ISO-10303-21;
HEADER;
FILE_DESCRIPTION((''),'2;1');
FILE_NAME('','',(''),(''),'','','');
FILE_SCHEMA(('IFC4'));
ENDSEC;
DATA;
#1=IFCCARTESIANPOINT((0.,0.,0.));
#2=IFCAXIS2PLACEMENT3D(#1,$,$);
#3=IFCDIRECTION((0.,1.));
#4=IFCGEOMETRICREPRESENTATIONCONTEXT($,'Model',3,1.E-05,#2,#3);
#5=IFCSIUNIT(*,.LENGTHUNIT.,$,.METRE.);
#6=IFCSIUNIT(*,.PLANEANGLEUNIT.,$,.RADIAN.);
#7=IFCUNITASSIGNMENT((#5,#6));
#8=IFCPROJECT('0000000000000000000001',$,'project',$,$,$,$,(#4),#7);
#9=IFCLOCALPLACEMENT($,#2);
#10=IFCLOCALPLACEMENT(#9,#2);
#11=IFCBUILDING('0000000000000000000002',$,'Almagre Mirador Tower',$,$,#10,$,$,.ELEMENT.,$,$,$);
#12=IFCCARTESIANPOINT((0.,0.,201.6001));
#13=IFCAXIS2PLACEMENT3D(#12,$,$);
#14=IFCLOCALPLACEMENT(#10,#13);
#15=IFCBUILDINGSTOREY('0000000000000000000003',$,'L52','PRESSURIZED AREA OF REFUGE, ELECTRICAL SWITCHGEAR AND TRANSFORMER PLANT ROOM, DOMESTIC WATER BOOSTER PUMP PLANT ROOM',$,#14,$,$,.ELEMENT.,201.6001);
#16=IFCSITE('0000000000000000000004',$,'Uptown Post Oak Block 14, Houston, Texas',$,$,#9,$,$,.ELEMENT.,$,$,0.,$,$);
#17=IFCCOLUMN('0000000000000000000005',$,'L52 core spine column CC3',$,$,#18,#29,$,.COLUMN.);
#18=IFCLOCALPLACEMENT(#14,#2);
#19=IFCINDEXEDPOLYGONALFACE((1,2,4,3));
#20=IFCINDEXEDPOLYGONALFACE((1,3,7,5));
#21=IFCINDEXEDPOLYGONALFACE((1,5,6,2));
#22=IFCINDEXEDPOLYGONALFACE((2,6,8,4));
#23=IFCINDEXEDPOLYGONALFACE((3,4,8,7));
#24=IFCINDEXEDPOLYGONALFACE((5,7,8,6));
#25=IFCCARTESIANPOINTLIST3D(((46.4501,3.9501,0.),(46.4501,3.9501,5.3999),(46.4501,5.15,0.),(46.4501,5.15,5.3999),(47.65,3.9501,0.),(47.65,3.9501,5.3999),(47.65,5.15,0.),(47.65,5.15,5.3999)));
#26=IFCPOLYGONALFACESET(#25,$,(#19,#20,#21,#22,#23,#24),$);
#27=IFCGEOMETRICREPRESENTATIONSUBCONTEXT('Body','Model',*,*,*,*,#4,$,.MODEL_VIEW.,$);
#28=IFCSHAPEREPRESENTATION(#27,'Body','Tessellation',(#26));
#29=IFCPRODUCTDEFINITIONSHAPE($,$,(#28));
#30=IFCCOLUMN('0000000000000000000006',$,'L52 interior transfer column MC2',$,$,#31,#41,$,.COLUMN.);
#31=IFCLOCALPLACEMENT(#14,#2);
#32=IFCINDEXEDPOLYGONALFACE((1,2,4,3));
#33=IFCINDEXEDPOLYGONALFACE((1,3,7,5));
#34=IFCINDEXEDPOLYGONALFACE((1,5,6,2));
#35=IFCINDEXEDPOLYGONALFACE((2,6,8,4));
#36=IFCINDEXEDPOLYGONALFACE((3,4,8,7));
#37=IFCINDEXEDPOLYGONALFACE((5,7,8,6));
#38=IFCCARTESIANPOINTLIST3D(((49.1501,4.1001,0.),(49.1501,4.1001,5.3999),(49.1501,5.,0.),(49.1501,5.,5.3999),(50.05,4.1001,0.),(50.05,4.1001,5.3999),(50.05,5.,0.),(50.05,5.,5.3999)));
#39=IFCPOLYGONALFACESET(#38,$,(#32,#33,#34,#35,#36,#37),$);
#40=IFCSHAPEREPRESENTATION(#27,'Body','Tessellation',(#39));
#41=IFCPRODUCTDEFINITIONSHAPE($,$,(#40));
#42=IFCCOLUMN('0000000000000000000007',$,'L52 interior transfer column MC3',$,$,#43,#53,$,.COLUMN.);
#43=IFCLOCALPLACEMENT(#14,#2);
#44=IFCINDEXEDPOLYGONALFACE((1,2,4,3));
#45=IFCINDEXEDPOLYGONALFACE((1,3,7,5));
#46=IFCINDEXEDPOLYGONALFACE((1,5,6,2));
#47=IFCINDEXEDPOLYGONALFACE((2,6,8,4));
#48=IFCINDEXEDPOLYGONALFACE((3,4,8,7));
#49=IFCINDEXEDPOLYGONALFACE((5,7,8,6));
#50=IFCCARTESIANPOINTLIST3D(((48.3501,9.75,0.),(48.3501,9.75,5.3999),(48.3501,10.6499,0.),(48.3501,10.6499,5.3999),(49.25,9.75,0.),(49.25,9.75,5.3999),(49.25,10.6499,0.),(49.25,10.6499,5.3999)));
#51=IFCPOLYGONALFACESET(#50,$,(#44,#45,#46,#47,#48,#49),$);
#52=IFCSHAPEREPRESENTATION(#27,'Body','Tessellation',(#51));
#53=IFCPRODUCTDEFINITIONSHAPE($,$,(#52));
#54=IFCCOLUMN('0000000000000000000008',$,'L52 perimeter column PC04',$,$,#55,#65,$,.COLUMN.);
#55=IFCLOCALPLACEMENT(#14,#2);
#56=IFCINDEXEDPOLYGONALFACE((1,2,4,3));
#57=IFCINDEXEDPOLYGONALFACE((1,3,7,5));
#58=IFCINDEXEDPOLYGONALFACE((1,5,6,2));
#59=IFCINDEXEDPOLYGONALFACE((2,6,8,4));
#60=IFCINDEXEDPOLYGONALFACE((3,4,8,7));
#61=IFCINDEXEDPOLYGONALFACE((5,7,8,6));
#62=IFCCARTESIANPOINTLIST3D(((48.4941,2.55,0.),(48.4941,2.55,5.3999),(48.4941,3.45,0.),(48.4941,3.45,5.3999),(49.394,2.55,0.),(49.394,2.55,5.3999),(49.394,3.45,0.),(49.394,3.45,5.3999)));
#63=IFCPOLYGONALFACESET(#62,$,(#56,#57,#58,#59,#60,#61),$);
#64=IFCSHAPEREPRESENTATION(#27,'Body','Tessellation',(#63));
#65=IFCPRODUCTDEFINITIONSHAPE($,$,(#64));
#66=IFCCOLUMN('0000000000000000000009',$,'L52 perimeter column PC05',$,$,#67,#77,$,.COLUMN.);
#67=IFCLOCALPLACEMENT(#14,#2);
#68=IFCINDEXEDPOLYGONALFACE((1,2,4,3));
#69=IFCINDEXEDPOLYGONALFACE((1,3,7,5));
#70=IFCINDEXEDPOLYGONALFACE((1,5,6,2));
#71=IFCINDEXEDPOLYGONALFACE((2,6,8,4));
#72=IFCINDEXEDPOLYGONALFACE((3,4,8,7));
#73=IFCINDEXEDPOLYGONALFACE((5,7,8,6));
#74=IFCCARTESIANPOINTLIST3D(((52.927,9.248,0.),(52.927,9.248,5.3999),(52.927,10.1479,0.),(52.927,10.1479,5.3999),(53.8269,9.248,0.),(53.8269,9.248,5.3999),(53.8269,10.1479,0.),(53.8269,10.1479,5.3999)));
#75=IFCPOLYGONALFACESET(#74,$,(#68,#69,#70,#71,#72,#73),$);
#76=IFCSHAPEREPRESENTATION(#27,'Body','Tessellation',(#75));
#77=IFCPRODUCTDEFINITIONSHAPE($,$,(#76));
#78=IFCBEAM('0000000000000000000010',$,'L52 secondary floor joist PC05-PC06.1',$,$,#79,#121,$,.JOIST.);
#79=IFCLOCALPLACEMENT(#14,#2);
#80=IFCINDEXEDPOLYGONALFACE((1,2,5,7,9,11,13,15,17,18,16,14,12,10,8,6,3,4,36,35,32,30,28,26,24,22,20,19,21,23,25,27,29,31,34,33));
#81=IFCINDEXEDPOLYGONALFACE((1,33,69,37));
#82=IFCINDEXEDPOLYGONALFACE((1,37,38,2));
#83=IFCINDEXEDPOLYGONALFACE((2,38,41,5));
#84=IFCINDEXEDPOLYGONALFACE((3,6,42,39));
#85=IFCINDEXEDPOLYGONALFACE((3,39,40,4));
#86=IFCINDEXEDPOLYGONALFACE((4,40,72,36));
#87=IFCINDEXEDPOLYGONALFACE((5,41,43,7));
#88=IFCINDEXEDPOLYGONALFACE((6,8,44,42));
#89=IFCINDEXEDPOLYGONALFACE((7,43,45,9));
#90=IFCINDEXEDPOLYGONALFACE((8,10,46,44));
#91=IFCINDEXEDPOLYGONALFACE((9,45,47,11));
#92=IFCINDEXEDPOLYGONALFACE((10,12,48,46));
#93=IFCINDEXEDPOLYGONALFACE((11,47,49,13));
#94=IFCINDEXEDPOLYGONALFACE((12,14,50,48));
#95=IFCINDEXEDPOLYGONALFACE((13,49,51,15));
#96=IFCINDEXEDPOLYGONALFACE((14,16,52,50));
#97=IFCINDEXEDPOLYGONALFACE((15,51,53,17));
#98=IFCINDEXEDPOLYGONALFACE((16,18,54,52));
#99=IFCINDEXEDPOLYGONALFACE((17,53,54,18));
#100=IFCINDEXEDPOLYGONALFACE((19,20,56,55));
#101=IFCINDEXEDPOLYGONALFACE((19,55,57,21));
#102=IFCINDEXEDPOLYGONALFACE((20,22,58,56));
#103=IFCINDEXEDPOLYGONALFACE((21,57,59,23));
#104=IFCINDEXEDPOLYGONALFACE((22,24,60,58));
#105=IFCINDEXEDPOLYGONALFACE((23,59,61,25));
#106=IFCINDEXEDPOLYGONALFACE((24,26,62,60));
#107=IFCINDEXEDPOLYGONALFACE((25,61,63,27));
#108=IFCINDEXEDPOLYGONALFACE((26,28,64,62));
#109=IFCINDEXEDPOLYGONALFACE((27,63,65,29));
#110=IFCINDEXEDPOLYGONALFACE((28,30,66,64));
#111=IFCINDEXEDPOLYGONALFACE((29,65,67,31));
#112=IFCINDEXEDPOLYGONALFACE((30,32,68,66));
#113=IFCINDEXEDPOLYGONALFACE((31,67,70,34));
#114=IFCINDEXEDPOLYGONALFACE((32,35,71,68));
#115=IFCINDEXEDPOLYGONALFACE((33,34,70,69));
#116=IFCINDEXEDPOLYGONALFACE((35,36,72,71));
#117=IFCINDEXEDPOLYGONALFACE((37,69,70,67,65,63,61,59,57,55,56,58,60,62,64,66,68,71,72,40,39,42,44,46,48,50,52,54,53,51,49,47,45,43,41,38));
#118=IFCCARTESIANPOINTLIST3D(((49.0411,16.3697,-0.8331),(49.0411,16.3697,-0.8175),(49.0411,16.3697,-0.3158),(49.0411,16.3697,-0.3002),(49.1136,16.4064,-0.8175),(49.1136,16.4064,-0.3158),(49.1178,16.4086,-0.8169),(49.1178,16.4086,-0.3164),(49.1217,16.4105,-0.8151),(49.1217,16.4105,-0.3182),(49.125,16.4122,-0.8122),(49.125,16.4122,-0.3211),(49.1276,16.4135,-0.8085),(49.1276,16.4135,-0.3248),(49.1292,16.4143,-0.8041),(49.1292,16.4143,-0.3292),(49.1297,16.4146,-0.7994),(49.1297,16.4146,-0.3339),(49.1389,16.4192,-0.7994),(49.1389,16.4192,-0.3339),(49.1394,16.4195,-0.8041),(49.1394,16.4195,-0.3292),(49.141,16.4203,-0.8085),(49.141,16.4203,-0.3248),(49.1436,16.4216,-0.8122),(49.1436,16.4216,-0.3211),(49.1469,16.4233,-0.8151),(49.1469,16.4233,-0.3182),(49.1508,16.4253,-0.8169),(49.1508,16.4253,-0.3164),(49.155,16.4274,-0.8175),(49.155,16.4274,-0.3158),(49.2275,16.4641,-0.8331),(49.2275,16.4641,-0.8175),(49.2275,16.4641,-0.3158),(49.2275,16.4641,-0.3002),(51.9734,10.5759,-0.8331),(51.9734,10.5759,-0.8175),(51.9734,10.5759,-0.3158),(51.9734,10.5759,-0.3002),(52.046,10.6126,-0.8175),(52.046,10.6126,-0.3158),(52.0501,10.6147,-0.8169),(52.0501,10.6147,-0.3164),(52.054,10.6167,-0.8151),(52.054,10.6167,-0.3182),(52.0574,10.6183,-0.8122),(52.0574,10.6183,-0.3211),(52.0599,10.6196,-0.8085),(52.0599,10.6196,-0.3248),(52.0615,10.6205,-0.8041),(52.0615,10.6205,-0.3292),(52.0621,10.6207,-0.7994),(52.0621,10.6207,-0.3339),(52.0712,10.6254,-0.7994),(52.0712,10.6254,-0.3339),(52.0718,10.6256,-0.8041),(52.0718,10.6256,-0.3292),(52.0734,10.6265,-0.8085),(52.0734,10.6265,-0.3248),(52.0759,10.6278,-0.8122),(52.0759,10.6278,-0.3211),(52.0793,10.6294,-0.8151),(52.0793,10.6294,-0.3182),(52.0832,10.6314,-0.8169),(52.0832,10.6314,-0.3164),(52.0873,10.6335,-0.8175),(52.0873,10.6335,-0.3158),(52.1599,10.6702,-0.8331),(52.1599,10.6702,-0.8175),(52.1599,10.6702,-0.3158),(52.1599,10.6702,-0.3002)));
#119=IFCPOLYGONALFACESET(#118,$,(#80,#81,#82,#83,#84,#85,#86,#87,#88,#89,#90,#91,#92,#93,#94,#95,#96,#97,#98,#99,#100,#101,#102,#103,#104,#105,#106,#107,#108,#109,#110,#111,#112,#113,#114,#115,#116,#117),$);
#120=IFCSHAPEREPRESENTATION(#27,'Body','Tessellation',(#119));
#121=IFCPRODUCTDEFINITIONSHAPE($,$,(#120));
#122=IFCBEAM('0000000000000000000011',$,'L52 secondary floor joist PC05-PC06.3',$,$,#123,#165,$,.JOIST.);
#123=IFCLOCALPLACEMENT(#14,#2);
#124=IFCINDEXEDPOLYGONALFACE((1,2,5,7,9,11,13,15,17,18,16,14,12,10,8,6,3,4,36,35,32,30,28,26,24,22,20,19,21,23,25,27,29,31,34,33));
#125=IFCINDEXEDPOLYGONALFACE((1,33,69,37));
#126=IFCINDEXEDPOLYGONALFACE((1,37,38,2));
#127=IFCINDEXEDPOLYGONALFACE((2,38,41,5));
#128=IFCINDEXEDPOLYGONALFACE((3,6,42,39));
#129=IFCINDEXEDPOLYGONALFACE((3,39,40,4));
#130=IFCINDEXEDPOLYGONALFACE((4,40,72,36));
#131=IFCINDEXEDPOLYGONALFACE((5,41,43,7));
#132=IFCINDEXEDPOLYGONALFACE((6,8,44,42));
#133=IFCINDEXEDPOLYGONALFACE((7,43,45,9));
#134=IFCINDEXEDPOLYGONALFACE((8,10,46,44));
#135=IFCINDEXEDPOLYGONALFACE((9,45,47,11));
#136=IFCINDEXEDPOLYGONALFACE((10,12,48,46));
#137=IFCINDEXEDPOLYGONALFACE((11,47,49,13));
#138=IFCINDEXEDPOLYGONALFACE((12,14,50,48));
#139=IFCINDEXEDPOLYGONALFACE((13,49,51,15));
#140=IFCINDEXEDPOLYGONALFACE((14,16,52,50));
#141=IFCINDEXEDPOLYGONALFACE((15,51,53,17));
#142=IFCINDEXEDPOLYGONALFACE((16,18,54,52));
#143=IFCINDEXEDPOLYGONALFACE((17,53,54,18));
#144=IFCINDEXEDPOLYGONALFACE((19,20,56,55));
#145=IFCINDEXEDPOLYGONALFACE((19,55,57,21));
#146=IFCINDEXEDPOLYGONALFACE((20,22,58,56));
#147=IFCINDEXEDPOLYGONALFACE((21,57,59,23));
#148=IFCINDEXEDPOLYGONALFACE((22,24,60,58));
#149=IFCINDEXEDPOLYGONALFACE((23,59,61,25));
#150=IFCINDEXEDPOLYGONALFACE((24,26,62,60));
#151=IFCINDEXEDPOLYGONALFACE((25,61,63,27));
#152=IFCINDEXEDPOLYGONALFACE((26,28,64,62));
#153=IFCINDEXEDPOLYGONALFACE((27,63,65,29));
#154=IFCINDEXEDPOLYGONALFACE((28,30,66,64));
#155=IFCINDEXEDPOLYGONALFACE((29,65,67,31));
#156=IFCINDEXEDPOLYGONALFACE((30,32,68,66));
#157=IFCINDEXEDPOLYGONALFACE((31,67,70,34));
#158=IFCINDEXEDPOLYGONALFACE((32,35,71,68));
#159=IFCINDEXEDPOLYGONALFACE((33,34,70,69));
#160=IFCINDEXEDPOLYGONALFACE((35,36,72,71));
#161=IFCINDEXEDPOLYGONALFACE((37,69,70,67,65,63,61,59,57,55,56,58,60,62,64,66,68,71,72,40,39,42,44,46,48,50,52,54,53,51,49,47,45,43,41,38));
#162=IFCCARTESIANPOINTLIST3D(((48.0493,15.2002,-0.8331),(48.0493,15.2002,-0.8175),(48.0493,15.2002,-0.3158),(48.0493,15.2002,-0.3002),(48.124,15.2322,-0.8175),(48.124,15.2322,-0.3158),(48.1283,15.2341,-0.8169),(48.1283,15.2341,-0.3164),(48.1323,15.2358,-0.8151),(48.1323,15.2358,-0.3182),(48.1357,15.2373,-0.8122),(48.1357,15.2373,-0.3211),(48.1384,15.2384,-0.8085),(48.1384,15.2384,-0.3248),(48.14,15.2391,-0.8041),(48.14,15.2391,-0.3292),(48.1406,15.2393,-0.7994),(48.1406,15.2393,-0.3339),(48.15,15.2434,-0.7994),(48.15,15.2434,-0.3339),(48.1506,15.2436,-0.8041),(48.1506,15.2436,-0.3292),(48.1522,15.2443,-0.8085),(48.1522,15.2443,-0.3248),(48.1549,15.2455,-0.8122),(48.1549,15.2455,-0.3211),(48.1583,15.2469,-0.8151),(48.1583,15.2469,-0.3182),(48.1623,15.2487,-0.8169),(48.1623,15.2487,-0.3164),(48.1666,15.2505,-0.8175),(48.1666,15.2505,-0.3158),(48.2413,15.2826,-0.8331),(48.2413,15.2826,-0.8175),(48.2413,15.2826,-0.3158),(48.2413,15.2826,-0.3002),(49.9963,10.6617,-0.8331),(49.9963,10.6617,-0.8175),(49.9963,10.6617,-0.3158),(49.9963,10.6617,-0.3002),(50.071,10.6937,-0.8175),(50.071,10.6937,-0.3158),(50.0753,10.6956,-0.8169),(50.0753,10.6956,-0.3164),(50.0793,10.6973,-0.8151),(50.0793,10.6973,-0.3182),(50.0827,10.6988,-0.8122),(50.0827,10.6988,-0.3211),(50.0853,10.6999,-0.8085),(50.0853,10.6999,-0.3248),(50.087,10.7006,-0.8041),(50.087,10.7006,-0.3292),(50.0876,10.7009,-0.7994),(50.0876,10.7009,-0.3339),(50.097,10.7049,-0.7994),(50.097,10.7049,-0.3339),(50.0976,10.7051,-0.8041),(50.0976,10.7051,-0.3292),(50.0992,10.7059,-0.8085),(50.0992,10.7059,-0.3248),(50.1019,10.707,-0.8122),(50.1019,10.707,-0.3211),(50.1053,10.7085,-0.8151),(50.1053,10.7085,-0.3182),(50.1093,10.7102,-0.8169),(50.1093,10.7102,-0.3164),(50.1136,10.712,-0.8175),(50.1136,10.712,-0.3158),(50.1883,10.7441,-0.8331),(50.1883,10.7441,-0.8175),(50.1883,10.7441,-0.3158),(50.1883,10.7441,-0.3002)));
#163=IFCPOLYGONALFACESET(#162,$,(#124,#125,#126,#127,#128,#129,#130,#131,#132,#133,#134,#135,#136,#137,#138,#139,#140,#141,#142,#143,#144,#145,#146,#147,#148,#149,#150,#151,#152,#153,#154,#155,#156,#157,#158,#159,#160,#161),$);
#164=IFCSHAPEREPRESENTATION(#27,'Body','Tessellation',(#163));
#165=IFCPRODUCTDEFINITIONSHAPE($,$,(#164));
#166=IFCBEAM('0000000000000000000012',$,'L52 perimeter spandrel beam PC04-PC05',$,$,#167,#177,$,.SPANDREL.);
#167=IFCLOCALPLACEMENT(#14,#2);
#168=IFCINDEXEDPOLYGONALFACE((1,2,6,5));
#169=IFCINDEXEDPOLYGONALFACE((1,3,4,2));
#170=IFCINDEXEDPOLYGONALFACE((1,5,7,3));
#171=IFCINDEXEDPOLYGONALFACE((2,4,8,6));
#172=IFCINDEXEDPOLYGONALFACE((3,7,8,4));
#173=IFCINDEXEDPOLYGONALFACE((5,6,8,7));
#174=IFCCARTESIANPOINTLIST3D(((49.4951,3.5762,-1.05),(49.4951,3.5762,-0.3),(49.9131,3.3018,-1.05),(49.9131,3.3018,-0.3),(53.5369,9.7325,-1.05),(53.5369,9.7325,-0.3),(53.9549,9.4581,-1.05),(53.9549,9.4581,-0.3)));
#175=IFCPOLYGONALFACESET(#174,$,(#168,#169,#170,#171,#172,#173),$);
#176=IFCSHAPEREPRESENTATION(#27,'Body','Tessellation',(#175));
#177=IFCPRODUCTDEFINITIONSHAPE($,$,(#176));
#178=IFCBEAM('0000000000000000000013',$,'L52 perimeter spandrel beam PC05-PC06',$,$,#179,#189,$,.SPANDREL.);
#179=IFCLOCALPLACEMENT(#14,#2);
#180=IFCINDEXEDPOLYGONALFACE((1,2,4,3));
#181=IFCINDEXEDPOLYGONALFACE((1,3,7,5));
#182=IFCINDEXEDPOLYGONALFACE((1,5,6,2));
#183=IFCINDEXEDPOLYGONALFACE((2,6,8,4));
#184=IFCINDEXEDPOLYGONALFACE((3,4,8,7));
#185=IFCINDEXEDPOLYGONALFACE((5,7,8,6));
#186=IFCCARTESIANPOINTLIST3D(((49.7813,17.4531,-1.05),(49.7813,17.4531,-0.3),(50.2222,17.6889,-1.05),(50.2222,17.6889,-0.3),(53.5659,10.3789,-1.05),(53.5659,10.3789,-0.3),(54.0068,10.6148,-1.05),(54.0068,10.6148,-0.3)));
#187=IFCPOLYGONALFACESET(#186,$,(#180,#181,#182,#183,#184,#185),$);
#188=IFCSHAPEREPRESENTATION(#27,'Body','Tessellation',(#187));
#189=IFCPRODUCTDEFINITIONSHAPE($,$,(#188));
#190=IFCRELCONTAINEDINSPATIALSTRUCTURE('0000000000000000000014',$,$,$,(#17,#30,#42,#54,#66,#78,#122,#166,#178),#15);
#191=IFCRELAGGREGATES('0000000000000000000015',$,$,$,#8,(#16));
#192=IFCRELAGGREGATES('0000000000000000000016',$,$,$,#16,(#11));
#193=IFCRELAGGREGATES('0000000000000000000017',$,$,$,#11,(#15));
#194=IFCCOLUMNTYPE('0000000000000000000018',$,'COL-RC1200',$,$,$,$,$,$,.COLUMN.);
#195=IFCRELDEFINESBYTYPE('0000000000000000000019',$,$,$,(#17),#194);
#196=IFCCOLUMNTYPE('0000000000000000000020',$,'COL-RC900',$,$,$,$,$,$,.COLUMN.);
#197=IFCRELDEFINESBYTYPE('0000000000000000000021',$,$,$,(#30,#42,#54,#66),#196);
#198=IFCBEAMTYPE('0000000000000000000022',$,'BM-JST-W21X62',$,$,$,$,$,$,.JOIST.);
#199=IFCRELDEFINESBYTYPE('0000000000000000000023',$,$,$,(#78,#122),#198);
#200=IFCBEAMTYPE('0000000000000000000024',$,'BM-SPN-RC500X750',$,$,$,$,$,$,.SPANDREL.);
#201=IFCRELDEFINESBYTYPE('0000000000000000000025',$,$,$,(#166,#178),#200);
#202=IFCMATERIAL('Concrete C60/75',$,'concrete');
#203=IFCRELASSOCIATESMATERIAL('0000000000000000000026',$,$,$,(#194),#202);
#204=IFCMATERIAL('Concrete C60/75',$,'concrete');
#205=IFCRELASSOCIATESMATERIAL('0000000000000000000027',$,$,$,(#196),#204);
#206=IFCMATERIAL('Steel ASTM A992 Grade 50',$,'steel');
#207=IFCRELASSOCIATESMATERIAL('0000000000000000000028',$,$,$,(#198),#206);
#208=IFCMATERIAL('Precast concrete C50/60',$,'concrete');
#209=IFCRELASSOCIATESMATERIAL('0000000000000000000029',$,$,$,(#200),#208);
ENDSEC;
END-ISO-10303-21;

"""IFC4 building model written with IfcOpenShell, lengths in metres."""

from ifc_helpers import new_model, si_unit, direction, frame, origin, origin_2d, place, context, subcontext, project, spatial, rectangle, i_section, extrude, material, material_profile, profile_set, type_object, element, save


model = new_model("IFC4")

# Units and contexts
model_context = context("Model", 3, precision=1e-05, world=origin(), true_north=direction((0.0, 1.0)))
body_context = subcontext(model_context, "Body", "Model", "MODEL_VIEW")
ifc_project = project(units=[si_unit("LENGTHUNIT", "METRE"), si_unit("PLANEANGLEUNIT", "RADIAN")], contexts=[model_context])

# Site, building, storey
site_placement = place(None, origin())
site = spatial("IfcSite", under=ifc_project, at=site_placement, Name="Uptown Post Oak Block 14, Houston, Texas", CompositionType="ELEMENT", RefElevation=0.0)
building_placement = place(site_placement, origin())
building = spatial("IfcBuilding", under=site, at=building_placement, Name="Almagre Mirador Tower", CompositionType="ELEMENT")
storey_placement = place(building_placement, frame((0.0, 0.0, 201.6001)))
storey = spatial("IfcBuildingStorey", under=building, at=storey_placement, Name="L52", Description="PRESSURIZED AREA OF REFUGE, ELECTRICAL SWITCHGEAR AND TRANSFORMER PLANT ROOM, DOMESTIC WATER BOOSTER PUMP PLANT ROOM", CompositionType="ELEMENT", Elevation=201.6001)

# Columns
ifc_material_1 = material(Name="Concrete C60/75", Category="concrete")
ifc_material_profile_1 = material_profile(ifc_material_1, rectangle(XDim=1.2, YDim=1.2, at=origin_2d()), Name="RC1200X1200")
ifc_profile_set_1 = profile_set([ifc_material_profile_1], Name="Concrete C60/75")
column_type_1 = type_object("IfcColumnType", Name="COL-RC1200", PredefinedType="COLUMN", material=ifc_profile_set_1)
column_placement = place(storey_placement, frame((47.05, 4.55, 0.0), z_axis=(0.0, 0.0, 1.0), x_axis=(1.0, 0.0, 0.0)))
element("IfcColumn", 1, at=column_placement, inside=storey, type_object=column_type_1, Name="L52 core spine column CC3", PredefinedType="COLUMN", context=body_context, shape_type="SweptSolid", body=[
    extrude(rectangle(XDim=1.2, YDim=1.2, at=origin_2d()), origin(), (0.0, 0.0, 1.0), 5.3999),
])
ifc_material_2 = material(Name="Concrete C60/75", Category="concrete")
ifc_material_profile_2 = material_profile(ifc_material_2, rectangle(XDim=0.8999, YDim=0.8999, at=origin_2d()), Name="RC900X900")
ifc_profile_set_2 = profile_set([ifc_material_profile_2], Name="Concrete C60/75")
column_type_2 = type_object("IfcColumnType", Name="COL-RC900", PredefinedType="COLUMN", material=ifc_profile_set_2)
for number, where, z_axis, x_axis, name in (
    (2, (49.6001, 4.55, 0.0), (0.0, 0.0, 1.0), (1.0, 0.0, 0.0), "L52 interior transfer column MC2"),
    (3, (48.8, 10.2, 0.0), (0.0, 0.0, 1.0), (1.0, 0.0, 0.0), "L52 interior transfer column MC3"),
    (4, (48.9441, 3.0, 0.0), (0.0, 0.0, 1.0), (1.0, 0.0, 0.0), "L52 perimeter column PC04"),
    (5, (53.377, 9.698, 0.0), (0.0, 0.0, 1.0), (1.0, 0.0, 0.0), "L52 perimeter column PC05"),
):
    element("IfcColumn", number, at=place(storey_placement, frame(where, z_axis=z_axis, x_axis=x_axis)), inside=storey, type_object=column_type_2, Name=name, PredefinedType="COLUMN", context=body_context, shape_type="SweptSolid", body=[
        extrude(rectangle(XDim=0.8999, YDim=0.8999, at=origin_2d()), origin(), (0.0, 0.0, 1.0), 5.3999),
    ])

# Beams
ifc_material_3 = material(Name="Steel ASTM A992 Grade 50", Category="steel")
ifc_material_profile_3 = material_profile(ifc_material_3, i_section(OverallWidth=0.209, OverallDepth=0.533, WebThickness=0.0103, FlangeThickness=0.0156, FilletRadius=0.0181, at=origin_2d()), Name="W21X62")
ifc_profile_set_3 = profile_set([ifc_material_profile_3], Name="Steel ASTM A992 Grade 50")
beam_type_1 = type_object("IfcBeamType", Name="BM-JST-W21X62", PredefinedType="JOIST", material=ifc_profile_set_3)
beam_1_placement = place(storey_placement, frame((52.0667, 10.623, -0.5667), z_axis=(-0.451569, 0.892236, 0.0), x_axis=(-0.892236, -0.451569, 0.0)))
element("IfcBeam", 6, at=beam_1_placement, inside=storey, type_object=beam_type_1, Name="L52 secondary floor joist PC05-PC06.1", PredefinedType="JOIST", context=body_context, shape_type="SweptSolid", body=[
    extrude(i_section(OverallWidth=0.209, OverallDepth=0.533, WebThickness=0.0103, FlangeThickness=0.0156, FilletRadius=0.0181, at=origin_2d()), origin(), (0.0, 0.0, 1.0), 6.4937),
])
beam_2_placement = place(storey_placement, frame((50.0923, 10.7029, -0.5667), z_axis=(-0.394247, 0.919004, 0.0), x_axis=(-0.919004, -0.394247, 0.0)))
element("IfcBeam", 7, at=beam_2_placement, inside=storey, type_object=beam_type_1, Name="L52 secondary floor joist PC05-PC06.3", PredefinedType="JOIST", context=body_context, shape_type="SweptSolid", body=[
    extrude(i_section(OverallWidth=0.209, OverallDepth=0.533, WebThickness=0.0103, FlangeThickness=0.0156, FilletRadius=0.0181, at=origin_2d()), origin(), (0.0, 0.0, 1.0), 4.9385),
])
ifc_material_4 = material(Name="Precast concrete C50/60", Category="concrete")
ifc_material_profile_4 = material_profile(ifc_material_4, rectangle(XDim=0.5, YDim=0.75, at=origin_2d()), Name="RC500X750")
ifc_profile_set_4 = profile_set([ifc_material_profile_4], Name="Precast concrete C50/60")
beam_type_2 = type_object("IfcBeamType", Name="BM-SPN-RC500X750", PredefinedType="SPANDREL", material=ifc_profile_set_4)
beam_3_placement = place(storey_placement, frame((49.7041, 3.439, -0.675), z_axis=(0.548819, 0.835941, 0.0), x_axis=(-0.835941, 0.548819, 0.0)))
element("IfcBeam", 8, at=beam_3_placement, inside=storey, type_object=beam_type_2, Name="L52 perimeter spandrel beam PC04-PC05", PredefinedType="SPANDREL", context=body_context, shape_type="SweptSolid", body=[
    extrude(rectangle(XDim=0.5, YDim=0.75, at=origin_2d()), origin(), (0.0, 0.0, 1.0), 7.3645),
])
beam_4_placement = place(storey_placement, frame((53.7864, 10.4968, -0.675), z_axis=(-0.471728, 0.881744, 0.0), x_axis=(-0.881744, -0.471728, 0.0)))
element("IfcBeam", 9, at=beam_4_placement, inside=storey, type_object=beam_type_2, Name="L52 perimeter spandrel beam PC05-PC06", PredefinedType="SPANDREL", context=body_context, shape_type="SweptSolid", body=[
    extrude(rectangle(XDim=0.5, YDim=0.75, at=origin_2d()), origin(), (0.0, 0.0, 1.0), 8.0229),
])

save(model, "model.ifc")
